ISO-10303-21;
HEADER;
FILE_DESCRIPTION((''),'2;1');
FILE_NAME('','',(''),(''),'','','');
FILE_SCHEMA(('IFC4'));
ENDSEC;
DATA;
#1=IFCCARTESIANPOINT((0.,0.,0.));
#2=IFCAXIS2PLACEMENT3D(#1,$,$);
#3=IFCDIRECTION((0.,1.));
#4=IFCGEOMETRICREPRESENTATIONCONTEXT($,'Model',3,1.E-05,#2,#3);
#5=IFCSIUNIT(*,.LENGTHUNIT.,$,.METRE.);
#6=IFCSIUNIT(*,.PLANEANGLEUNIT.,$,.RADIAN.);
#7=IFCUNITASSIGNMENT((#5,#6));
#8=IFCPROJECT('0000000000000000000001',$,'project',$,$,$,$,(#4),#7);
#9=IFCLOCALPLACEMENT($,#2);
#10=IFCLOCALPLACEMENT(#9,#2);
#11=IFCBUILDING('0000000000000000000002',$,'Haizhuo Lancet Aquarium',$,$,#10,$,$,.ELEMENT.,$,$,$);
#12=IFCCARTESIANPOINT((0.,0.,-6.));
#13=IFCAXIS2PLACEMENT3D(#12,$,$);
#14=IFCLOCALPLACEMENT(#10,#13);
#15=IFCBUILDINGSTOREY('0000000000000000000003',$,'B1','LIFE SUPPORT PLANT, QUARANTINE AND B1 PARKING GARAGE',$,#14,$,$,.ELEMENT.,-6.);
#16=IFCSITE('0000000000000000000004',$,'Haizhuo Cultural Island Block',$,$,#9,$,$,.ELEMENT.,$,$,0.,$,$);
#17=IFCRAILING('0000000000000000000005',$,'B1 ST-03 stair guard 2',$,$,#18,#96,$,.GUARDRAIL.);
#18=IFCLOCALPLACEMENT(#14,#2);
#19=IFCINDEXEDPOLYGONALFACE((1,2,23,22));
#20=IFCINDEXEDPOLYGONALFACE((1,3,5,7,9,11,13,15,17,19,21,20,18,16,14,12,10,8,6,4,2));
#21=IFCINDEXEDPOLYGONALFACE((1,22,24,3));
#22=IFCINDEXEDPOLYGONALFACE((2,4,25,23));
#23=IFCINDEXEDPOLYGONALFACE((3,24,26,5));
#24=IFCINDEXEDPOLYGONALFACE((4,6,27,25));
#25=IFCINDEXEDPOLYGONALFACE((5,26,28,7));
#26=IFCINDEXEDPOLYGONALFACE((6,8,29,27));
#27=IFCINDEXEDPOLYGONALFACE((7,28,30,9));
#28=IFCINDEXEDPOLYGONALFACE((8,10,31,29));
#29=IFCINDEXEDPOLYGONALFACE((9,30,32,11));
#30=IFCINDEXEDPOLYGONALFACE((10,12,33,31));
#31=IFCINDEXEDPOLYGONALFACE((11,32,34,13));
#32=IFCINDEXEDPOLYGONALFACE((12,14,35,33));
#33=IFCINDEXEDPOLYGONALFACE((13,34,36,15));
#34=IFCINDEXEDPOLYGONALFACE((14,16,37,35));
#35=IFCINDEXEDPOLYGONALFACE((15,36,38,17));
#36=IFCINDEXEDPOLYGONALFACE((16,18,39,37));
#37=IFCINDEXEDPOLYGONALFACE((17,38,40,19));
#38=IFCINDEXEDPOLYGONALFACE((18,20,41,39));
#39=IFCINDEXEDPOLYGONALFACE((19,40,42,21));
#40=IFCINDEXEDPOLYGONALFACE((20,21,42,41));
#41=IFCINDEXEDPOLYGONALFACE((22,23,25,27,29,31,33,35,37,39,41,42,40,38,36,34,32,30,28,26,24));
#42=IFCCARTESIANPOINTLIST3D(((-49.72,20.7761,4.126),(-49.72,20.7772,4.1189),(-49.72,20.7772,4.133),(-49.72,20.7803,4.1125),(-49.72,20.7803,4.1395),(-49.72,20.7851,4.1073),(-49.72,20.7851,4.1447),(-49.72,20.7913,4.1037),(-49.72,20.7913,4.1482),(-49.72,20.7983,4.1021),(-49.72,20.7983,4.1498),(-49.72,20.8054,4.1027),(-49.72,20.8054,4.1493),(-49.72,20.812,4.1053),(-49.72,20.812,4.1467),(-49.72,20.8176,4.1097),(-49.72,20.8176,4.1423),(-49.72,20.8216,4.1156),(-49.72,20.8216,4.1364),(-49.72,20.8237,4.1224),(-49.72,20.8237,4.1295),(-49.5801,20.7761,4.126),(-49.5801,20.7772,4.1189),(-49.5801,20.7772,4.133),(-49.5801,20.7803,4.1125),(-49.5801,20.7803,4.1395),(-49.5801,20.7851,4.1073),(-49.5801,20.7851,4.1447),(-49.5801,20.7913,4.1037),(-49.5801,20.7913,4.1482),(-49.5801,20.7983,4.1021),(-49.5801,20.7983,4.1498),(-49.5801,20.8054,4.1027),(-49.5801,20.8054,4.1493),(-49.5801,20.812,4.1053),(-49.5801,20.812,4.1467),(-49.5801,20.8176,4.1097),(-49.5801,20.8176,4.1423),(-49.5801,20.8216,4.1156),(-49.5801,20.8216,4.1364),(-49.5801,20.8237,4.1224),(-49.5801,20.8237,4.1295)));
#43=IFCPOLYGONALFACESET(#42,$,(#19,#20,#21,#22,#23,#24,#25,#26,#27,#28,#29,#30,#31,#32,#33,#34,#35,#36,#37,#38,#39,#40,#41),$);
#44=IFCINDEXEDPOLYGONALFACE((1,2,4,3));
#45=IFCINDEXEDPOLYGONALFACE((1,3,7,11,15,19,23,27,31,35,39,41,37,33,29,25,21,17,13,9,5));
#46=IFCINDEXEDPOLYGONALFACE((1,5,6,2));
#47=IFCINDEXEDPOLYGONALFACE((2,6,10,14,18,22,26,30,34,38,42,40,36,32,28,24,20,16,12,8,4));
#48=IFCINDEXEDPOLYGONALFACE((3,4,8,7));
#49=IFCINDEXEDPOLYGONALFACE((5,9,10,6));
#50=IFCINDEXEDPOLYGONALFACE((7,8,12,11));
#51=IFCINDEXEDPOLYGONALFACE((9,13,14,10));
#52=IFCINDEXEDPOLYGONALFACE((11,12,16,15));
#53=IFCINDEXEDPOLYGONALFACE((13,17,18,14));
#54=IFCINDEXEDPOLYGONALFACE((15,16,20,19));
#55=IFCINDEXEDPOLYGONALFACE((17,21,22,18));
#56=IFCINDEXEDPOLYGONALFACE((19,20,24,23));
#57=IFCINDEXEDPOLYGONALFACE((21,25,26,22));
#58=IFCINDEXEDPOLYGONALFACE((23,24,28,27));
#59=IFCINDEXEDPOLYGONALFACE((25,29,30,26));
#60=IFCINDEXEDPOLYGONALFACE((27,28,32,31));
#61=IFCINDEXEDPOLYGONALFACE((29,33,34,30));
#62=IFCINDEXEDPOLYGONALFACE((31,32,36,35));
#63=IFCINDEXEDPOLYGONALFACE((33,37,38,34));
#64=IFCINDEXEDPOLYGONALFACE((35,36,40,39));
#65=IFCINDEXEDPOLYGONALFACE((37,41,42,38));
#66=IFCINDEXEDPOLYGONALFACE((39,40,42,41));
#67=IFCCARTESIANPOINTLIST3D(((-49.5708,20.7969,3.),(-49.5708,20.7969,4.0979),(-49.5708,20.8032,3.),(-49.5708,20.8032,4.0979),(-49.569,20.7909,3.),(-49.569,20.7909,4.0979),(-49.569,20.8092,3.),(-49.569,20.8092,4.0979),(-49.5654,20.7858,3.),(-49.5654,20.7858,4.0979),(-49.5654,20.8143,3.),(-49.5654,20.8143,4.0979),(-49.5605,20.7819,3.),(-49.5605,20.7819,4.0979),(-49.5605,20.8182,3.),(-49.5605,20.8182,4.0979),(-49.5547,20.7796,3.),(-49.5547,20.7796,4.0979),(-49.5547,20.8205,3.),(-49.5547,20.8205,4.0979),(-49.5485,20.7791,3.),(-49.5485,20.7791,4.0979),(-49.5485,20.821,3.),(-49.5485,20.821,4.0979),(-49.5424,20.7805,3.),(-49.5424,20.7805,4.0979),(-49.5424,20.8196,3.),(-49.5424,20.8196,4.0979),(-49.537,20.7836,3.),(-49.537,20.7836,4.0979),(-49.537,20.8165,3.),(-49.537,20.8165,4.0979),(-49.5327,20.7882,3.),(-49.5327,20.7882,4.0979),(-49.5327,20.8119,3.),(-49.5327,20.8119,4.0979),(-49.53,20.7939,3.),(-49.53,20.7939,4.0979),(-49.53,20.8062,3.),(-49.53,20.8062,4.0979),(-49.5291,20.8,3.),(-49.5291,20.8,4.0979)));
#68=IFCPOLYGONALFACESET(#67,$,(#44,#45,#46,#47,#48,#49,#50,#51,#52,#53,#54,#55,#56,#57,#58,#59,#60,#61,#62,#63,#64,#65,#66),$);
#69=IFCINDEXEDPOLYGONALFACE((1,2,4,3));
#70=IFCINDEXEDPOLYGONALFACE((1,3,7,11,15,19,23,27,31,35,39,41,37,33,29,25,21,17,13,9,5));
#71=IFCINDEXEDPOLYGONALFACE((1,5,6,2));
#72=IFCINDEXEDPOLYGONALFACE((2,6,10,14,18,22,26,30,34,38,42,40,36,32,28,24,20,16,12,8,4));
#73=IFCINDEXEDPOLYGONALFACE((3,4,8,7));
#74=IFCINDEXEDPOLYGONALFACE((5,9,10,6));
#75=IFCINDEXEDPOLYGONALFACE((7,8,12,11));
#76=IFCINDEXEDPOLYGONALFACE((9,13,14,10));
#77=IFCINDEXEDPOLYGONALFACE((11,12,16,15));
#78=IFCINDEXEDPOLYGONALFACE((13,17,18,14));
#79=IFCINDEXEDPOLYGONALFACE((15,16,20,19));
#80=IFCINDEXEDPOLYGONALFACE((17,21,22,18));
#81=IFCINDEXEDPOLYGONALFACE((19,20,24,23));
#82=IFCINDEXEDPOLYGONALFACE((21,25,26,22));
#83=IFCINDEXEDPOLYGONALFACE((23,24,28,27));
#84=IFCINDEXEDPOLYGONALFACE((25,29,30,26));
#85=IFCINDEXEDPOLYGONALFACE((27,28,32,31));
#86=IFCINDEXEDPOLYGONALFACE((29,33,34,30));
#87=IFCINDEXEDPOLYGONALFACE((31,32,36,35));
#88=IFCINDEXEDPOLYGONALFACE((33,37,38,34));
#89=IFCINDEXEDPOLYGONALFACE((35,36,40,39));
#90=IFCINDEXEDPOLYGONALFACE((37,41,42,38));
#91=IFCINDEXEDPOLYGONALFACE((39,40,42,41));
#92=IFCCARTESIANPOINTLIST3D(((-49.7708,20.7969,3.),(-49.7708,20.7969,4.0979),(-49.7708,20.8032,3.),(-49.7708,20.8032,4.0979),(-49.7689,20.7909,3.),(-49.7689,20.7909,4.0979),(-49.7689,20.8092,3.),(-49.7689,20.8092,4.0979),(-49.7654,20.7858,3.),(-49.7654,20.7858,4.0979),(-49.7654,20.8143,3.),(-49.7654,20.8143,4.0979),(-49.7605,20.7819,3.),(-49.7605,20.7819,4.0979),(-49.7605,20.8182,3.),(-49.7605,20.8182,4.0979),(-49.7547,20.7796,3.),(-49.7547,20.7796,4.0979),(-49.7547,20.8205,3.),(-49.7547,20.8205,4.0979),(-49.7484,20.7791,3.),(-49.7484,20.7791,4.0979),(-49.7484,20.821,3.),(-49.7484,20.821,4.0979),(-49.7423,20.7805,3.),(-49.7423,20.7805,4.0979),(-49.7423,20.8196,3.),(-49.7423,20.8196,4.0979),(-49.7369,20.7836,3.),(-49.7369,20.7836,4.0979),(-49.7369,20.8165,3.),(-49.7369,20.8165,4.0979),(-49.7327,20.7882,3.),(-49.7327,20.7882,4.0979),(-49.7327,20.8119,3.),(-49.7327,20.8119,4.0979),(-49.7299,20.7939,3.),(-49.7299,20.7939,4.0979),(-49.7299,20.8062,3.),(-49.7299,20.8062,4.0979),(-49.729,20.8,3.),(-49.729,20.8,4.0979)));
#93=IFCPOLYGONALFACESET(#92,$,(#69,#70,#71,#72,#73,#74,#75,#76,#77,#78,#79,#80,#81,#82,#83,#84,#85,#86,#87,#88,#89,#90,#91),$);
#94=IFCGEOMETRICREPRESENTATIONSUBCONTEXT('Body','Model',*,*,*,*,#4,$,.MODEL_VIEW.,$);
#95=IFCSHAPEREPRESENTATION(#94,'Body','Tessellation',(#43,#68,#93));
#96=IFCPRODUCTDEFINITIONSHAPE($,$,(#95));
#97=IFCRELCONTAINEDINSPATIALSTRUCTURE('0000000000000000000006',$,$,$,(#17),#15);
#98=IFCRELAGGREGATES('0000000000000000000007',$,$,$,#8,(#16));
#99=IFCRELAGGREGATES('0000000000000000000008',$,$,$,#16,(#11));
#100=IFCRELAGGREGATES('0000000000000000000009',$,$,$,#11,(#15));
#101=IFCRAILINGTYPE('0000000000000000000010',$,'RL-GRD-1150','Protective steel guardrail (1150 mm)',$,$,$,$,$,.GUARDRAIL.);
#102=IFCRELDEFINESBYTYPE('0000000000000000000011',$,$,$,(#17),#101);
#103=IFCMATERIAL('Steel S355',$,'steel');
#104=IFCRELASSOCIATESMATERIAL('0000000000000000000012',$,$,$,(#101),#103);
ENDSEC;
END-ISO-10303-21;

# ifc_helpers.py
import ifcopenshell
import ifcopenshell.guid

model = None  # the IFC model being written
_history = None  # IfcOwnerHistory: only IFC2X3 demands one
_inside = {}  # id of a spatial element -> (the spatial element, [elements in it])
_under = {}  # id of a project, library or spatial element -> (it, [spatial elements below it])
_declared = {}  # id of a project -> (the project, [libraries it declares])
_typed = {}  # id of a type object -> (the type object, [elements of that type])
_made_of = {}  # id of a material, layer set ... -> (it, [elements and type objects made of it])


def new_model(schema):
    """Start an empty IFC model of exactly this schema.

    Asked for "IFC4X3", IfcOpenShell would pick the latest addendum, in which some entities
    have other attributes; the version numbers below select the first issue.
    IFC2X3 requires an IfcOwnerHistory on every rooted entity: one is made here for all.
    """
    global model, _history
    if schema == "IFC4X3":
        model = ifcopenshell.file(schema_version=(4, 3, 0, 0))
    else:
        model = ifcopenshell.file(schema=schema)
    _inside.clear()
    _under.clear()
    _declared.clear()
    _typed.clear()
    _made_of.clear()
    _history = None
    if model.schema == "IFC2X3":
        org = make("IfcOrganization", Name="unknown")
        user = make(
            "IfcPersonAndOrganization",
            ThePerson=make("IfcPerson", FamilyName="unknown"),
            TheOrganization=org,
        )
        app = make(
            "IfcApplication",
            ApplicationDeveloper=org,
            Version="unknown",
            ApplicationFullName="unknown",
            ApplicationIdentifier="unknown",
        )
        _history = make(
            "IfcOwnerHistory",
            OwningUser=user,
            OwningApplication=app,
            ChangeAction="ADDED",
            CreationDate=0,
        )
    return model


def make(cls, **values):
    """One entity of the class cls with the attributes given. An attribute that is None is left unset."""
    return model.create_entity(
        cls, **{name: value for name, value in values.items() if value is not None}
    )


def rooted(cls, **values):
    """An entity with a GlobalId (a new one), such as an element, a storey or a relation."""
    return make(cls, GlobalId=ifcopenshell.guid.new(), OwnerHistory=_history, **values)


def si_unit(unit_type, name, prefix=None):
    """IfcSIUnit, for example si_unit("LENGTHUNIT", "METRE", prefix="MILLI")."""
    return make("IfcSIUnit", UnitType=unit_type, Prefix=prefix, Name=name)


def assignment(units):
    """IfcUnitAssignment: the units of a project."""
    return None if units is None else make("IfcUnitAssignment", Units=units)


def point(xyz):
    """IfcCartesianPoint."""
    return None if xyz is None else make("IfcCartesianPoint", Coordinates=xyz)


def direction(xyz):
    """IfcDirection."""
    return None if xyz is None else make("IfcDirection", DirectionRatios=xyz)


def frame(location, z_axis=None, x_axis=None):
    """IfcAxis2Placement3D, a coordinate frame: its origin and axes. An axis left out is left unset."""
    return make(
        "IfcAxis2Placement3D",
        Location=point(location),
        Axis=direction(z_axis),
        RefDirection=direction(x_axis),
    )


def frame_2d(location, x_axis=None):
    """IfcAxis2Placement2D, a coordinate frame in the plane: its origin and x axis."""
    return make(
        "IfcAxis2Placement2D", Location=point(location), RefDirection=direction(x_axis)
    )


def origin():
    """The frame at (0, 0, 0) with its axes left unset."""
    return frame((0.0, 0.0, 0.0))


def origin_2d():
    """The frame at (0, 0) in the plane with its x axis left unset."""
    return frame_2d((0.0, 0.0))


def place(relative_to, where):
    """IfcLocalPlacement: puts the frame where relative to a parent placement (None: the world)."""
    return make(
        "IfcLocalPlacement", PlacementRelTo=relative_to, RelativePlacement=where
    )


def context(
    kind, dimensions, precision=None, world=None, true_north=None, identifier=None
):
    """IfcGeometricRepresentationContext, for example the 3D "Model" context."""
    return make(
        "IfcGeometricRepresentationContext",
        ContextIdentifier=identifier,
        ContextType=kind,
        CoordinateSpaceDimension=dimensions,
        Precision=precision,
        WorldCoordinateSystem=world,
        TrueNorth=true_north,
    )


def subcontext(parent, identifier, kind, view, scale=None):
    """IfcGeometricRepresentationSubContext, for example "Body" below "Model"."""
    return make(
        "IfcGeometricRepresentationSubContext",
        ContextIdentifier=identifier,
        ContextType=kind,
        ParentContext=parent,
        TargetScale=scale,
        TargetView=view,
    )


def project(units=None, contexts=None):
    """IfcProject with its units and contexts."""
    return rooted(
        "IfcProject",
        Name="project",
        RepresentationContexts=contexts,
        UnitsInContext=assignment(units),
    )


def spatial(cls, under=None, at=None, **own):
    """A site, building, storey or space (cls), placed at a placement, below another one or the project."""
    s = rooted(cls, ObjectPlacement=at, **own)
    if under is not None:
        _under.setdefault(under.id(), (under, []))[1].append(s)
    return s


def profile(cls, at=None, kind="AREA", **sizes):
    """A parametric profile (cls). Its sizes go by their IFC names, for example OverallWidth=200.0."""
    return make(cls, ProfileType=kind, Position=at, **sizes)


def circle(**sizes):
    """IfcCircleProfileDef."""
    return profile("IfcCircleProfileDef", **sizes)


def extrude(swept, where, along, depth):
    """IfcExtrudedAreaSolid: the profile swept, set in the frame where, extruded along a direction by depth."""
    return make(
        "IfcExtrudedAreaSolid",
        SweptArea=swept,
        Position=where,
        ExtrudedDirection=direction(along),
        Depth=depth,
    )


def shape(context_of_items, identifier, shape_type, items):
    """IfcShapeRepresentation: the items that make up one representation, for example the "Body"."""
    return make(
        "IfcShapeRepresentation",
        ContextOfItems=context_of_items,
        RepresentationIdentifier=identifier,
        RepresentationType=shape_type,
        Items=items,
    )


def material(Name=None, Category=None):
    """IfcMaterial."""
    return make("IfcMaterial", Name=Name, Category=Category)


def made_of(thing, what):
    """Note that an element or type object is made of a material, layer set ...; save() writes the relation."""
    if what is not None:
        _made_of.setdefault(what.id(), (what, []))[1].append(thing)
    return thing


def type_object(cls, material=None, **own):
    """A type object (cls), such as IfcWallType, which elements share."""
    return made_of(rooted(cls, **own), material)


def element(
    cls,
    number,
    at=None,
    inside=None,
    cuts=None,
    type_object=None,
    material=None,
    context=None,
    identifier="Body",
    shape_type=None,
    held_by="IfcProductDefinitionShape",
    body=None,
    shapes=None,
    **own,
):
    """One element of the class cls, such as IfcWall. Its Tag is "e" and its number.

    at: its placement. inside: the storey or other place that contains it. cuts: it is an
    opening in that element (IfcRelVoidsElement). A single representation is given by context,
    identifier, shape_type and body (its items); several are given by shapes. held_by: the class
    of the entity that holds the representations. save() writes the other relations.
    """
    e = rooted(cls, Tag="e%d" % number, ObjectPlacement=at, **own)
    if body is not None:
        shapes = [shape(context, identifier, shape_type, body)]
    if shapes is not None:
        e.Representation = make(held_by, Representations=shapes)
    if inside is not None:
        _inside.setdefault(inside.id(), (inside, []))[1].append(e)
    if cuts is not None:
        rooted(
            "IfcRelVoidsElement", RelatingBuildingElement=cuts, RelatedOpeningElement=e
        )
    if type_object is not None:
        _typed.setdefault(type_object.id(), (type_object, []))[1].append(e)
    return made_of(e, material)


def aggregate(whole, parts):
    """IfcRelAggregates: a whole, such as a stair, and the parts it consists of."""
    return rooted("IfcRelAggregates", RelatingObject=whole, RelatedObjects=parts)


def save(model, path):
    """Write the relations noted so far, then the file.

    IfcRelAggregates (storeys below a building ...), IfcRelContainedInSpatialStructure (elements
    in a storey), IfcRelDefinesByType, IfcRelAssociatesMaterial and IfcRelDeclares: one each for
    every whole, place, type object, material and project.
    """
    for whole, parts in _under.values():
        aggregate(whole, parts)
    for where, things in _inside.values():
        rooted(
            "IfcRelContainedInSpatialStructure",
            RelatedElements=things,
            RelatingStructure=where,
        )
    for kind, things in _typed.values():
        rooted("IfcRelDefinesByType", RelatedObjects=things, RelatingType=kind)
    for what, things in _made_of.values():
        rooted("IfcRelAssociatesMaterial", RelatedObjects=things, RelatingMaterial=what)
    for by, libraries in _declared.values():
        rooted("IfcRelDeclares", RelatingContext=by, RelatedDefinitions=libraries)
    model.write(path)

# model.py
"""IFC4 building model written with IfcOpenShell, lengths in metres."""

from ifc_helpers import new_model, si_unit, direction, frame, origin, origin_2d, place, context, subcontext, project, spatial, circle, extrude, material, type_object, element, save


model = new_model("IFC4")

# Units and contexts
model_context = context("Model", 3, precision=1e-05, world=origin(), true_north=direction((0.0, 1.0)))
body_context = subcontext(model_context, "Body", "Model", "MODEL_VIEW")
ifc_project = project(units=[si_unit("LENGTHUNIT", "METRE"), si_unit("PLANEANGLEUNIT", "RADIAN")], contexts=[model_context])

# Site, building, storey
site_placement = place(None, origin())
site = spatial("IfcSite", under=ifc_project, at=site_placement, Name="Haizhuo Cultural Island Block", CompositionType="ELEMENT", RefElevation=0.0)
building_placement = place(site_placement, origin())
building = spatial("IfcBuilding", under=site, at=building_placement, Name="Haizhuo Lancet Aquarium", CompositionType="ELEMENT")
storey_placement = place(building_placement, frame((0.0, 0.0, -6.0)))
storey = spatial("IfcBuildingStorey", under=building, at=storey_placement, Name="B1", Description="LIFE SUPPORT PLANT, QUARANTINE AND B1 PARKING GARAGE", CompositionType="ELEMENT", Elevation=-6.0)

# Shared definitions
ifc_material_1 = material(Name="Steel S355", Category="steel")

# Railing
railing_type_1 = type_object("IfcRailingType", Name="RL-GRD-1150", Description="Protective steel guardrail (1150 mm)", PredefinedType="GUARDRAIL", material=ifc_material_1)
railing_1_placement = place(storey_placement, frame((-49.55, 20.8, 3.0)))
element("IfcRailing", 1, at=railing_1_placement, inside=storey, type_object=railing_type_1, Name="B1 ST-03 stair guard 2", PredefinedType="GUARDRAIL", context=body_context, shape_type="SweptSolid", body=[
    extrude(circle(Radius=0.0239, at=origin_2d()), frame((-0.03, 0.0, 1.126), z_axis=(-1.0, 0.0, 0.0), x_axis=(0.0, -1.0, 0.0)), (0.0, 0.0, 1.0), 0.1399),
    extrude(circle(Radius=0.021, at=origin_2d()), origin(), (0.0, 0.0, 1.0), 1.0979),
    extrude(circle(Radius=0.021, at=origin_2d()), frame((-0.2, 0.0, 0.0)), (0.0, 0.0, 1.0), 1.0979),
])

save(model, "model.ifc")
